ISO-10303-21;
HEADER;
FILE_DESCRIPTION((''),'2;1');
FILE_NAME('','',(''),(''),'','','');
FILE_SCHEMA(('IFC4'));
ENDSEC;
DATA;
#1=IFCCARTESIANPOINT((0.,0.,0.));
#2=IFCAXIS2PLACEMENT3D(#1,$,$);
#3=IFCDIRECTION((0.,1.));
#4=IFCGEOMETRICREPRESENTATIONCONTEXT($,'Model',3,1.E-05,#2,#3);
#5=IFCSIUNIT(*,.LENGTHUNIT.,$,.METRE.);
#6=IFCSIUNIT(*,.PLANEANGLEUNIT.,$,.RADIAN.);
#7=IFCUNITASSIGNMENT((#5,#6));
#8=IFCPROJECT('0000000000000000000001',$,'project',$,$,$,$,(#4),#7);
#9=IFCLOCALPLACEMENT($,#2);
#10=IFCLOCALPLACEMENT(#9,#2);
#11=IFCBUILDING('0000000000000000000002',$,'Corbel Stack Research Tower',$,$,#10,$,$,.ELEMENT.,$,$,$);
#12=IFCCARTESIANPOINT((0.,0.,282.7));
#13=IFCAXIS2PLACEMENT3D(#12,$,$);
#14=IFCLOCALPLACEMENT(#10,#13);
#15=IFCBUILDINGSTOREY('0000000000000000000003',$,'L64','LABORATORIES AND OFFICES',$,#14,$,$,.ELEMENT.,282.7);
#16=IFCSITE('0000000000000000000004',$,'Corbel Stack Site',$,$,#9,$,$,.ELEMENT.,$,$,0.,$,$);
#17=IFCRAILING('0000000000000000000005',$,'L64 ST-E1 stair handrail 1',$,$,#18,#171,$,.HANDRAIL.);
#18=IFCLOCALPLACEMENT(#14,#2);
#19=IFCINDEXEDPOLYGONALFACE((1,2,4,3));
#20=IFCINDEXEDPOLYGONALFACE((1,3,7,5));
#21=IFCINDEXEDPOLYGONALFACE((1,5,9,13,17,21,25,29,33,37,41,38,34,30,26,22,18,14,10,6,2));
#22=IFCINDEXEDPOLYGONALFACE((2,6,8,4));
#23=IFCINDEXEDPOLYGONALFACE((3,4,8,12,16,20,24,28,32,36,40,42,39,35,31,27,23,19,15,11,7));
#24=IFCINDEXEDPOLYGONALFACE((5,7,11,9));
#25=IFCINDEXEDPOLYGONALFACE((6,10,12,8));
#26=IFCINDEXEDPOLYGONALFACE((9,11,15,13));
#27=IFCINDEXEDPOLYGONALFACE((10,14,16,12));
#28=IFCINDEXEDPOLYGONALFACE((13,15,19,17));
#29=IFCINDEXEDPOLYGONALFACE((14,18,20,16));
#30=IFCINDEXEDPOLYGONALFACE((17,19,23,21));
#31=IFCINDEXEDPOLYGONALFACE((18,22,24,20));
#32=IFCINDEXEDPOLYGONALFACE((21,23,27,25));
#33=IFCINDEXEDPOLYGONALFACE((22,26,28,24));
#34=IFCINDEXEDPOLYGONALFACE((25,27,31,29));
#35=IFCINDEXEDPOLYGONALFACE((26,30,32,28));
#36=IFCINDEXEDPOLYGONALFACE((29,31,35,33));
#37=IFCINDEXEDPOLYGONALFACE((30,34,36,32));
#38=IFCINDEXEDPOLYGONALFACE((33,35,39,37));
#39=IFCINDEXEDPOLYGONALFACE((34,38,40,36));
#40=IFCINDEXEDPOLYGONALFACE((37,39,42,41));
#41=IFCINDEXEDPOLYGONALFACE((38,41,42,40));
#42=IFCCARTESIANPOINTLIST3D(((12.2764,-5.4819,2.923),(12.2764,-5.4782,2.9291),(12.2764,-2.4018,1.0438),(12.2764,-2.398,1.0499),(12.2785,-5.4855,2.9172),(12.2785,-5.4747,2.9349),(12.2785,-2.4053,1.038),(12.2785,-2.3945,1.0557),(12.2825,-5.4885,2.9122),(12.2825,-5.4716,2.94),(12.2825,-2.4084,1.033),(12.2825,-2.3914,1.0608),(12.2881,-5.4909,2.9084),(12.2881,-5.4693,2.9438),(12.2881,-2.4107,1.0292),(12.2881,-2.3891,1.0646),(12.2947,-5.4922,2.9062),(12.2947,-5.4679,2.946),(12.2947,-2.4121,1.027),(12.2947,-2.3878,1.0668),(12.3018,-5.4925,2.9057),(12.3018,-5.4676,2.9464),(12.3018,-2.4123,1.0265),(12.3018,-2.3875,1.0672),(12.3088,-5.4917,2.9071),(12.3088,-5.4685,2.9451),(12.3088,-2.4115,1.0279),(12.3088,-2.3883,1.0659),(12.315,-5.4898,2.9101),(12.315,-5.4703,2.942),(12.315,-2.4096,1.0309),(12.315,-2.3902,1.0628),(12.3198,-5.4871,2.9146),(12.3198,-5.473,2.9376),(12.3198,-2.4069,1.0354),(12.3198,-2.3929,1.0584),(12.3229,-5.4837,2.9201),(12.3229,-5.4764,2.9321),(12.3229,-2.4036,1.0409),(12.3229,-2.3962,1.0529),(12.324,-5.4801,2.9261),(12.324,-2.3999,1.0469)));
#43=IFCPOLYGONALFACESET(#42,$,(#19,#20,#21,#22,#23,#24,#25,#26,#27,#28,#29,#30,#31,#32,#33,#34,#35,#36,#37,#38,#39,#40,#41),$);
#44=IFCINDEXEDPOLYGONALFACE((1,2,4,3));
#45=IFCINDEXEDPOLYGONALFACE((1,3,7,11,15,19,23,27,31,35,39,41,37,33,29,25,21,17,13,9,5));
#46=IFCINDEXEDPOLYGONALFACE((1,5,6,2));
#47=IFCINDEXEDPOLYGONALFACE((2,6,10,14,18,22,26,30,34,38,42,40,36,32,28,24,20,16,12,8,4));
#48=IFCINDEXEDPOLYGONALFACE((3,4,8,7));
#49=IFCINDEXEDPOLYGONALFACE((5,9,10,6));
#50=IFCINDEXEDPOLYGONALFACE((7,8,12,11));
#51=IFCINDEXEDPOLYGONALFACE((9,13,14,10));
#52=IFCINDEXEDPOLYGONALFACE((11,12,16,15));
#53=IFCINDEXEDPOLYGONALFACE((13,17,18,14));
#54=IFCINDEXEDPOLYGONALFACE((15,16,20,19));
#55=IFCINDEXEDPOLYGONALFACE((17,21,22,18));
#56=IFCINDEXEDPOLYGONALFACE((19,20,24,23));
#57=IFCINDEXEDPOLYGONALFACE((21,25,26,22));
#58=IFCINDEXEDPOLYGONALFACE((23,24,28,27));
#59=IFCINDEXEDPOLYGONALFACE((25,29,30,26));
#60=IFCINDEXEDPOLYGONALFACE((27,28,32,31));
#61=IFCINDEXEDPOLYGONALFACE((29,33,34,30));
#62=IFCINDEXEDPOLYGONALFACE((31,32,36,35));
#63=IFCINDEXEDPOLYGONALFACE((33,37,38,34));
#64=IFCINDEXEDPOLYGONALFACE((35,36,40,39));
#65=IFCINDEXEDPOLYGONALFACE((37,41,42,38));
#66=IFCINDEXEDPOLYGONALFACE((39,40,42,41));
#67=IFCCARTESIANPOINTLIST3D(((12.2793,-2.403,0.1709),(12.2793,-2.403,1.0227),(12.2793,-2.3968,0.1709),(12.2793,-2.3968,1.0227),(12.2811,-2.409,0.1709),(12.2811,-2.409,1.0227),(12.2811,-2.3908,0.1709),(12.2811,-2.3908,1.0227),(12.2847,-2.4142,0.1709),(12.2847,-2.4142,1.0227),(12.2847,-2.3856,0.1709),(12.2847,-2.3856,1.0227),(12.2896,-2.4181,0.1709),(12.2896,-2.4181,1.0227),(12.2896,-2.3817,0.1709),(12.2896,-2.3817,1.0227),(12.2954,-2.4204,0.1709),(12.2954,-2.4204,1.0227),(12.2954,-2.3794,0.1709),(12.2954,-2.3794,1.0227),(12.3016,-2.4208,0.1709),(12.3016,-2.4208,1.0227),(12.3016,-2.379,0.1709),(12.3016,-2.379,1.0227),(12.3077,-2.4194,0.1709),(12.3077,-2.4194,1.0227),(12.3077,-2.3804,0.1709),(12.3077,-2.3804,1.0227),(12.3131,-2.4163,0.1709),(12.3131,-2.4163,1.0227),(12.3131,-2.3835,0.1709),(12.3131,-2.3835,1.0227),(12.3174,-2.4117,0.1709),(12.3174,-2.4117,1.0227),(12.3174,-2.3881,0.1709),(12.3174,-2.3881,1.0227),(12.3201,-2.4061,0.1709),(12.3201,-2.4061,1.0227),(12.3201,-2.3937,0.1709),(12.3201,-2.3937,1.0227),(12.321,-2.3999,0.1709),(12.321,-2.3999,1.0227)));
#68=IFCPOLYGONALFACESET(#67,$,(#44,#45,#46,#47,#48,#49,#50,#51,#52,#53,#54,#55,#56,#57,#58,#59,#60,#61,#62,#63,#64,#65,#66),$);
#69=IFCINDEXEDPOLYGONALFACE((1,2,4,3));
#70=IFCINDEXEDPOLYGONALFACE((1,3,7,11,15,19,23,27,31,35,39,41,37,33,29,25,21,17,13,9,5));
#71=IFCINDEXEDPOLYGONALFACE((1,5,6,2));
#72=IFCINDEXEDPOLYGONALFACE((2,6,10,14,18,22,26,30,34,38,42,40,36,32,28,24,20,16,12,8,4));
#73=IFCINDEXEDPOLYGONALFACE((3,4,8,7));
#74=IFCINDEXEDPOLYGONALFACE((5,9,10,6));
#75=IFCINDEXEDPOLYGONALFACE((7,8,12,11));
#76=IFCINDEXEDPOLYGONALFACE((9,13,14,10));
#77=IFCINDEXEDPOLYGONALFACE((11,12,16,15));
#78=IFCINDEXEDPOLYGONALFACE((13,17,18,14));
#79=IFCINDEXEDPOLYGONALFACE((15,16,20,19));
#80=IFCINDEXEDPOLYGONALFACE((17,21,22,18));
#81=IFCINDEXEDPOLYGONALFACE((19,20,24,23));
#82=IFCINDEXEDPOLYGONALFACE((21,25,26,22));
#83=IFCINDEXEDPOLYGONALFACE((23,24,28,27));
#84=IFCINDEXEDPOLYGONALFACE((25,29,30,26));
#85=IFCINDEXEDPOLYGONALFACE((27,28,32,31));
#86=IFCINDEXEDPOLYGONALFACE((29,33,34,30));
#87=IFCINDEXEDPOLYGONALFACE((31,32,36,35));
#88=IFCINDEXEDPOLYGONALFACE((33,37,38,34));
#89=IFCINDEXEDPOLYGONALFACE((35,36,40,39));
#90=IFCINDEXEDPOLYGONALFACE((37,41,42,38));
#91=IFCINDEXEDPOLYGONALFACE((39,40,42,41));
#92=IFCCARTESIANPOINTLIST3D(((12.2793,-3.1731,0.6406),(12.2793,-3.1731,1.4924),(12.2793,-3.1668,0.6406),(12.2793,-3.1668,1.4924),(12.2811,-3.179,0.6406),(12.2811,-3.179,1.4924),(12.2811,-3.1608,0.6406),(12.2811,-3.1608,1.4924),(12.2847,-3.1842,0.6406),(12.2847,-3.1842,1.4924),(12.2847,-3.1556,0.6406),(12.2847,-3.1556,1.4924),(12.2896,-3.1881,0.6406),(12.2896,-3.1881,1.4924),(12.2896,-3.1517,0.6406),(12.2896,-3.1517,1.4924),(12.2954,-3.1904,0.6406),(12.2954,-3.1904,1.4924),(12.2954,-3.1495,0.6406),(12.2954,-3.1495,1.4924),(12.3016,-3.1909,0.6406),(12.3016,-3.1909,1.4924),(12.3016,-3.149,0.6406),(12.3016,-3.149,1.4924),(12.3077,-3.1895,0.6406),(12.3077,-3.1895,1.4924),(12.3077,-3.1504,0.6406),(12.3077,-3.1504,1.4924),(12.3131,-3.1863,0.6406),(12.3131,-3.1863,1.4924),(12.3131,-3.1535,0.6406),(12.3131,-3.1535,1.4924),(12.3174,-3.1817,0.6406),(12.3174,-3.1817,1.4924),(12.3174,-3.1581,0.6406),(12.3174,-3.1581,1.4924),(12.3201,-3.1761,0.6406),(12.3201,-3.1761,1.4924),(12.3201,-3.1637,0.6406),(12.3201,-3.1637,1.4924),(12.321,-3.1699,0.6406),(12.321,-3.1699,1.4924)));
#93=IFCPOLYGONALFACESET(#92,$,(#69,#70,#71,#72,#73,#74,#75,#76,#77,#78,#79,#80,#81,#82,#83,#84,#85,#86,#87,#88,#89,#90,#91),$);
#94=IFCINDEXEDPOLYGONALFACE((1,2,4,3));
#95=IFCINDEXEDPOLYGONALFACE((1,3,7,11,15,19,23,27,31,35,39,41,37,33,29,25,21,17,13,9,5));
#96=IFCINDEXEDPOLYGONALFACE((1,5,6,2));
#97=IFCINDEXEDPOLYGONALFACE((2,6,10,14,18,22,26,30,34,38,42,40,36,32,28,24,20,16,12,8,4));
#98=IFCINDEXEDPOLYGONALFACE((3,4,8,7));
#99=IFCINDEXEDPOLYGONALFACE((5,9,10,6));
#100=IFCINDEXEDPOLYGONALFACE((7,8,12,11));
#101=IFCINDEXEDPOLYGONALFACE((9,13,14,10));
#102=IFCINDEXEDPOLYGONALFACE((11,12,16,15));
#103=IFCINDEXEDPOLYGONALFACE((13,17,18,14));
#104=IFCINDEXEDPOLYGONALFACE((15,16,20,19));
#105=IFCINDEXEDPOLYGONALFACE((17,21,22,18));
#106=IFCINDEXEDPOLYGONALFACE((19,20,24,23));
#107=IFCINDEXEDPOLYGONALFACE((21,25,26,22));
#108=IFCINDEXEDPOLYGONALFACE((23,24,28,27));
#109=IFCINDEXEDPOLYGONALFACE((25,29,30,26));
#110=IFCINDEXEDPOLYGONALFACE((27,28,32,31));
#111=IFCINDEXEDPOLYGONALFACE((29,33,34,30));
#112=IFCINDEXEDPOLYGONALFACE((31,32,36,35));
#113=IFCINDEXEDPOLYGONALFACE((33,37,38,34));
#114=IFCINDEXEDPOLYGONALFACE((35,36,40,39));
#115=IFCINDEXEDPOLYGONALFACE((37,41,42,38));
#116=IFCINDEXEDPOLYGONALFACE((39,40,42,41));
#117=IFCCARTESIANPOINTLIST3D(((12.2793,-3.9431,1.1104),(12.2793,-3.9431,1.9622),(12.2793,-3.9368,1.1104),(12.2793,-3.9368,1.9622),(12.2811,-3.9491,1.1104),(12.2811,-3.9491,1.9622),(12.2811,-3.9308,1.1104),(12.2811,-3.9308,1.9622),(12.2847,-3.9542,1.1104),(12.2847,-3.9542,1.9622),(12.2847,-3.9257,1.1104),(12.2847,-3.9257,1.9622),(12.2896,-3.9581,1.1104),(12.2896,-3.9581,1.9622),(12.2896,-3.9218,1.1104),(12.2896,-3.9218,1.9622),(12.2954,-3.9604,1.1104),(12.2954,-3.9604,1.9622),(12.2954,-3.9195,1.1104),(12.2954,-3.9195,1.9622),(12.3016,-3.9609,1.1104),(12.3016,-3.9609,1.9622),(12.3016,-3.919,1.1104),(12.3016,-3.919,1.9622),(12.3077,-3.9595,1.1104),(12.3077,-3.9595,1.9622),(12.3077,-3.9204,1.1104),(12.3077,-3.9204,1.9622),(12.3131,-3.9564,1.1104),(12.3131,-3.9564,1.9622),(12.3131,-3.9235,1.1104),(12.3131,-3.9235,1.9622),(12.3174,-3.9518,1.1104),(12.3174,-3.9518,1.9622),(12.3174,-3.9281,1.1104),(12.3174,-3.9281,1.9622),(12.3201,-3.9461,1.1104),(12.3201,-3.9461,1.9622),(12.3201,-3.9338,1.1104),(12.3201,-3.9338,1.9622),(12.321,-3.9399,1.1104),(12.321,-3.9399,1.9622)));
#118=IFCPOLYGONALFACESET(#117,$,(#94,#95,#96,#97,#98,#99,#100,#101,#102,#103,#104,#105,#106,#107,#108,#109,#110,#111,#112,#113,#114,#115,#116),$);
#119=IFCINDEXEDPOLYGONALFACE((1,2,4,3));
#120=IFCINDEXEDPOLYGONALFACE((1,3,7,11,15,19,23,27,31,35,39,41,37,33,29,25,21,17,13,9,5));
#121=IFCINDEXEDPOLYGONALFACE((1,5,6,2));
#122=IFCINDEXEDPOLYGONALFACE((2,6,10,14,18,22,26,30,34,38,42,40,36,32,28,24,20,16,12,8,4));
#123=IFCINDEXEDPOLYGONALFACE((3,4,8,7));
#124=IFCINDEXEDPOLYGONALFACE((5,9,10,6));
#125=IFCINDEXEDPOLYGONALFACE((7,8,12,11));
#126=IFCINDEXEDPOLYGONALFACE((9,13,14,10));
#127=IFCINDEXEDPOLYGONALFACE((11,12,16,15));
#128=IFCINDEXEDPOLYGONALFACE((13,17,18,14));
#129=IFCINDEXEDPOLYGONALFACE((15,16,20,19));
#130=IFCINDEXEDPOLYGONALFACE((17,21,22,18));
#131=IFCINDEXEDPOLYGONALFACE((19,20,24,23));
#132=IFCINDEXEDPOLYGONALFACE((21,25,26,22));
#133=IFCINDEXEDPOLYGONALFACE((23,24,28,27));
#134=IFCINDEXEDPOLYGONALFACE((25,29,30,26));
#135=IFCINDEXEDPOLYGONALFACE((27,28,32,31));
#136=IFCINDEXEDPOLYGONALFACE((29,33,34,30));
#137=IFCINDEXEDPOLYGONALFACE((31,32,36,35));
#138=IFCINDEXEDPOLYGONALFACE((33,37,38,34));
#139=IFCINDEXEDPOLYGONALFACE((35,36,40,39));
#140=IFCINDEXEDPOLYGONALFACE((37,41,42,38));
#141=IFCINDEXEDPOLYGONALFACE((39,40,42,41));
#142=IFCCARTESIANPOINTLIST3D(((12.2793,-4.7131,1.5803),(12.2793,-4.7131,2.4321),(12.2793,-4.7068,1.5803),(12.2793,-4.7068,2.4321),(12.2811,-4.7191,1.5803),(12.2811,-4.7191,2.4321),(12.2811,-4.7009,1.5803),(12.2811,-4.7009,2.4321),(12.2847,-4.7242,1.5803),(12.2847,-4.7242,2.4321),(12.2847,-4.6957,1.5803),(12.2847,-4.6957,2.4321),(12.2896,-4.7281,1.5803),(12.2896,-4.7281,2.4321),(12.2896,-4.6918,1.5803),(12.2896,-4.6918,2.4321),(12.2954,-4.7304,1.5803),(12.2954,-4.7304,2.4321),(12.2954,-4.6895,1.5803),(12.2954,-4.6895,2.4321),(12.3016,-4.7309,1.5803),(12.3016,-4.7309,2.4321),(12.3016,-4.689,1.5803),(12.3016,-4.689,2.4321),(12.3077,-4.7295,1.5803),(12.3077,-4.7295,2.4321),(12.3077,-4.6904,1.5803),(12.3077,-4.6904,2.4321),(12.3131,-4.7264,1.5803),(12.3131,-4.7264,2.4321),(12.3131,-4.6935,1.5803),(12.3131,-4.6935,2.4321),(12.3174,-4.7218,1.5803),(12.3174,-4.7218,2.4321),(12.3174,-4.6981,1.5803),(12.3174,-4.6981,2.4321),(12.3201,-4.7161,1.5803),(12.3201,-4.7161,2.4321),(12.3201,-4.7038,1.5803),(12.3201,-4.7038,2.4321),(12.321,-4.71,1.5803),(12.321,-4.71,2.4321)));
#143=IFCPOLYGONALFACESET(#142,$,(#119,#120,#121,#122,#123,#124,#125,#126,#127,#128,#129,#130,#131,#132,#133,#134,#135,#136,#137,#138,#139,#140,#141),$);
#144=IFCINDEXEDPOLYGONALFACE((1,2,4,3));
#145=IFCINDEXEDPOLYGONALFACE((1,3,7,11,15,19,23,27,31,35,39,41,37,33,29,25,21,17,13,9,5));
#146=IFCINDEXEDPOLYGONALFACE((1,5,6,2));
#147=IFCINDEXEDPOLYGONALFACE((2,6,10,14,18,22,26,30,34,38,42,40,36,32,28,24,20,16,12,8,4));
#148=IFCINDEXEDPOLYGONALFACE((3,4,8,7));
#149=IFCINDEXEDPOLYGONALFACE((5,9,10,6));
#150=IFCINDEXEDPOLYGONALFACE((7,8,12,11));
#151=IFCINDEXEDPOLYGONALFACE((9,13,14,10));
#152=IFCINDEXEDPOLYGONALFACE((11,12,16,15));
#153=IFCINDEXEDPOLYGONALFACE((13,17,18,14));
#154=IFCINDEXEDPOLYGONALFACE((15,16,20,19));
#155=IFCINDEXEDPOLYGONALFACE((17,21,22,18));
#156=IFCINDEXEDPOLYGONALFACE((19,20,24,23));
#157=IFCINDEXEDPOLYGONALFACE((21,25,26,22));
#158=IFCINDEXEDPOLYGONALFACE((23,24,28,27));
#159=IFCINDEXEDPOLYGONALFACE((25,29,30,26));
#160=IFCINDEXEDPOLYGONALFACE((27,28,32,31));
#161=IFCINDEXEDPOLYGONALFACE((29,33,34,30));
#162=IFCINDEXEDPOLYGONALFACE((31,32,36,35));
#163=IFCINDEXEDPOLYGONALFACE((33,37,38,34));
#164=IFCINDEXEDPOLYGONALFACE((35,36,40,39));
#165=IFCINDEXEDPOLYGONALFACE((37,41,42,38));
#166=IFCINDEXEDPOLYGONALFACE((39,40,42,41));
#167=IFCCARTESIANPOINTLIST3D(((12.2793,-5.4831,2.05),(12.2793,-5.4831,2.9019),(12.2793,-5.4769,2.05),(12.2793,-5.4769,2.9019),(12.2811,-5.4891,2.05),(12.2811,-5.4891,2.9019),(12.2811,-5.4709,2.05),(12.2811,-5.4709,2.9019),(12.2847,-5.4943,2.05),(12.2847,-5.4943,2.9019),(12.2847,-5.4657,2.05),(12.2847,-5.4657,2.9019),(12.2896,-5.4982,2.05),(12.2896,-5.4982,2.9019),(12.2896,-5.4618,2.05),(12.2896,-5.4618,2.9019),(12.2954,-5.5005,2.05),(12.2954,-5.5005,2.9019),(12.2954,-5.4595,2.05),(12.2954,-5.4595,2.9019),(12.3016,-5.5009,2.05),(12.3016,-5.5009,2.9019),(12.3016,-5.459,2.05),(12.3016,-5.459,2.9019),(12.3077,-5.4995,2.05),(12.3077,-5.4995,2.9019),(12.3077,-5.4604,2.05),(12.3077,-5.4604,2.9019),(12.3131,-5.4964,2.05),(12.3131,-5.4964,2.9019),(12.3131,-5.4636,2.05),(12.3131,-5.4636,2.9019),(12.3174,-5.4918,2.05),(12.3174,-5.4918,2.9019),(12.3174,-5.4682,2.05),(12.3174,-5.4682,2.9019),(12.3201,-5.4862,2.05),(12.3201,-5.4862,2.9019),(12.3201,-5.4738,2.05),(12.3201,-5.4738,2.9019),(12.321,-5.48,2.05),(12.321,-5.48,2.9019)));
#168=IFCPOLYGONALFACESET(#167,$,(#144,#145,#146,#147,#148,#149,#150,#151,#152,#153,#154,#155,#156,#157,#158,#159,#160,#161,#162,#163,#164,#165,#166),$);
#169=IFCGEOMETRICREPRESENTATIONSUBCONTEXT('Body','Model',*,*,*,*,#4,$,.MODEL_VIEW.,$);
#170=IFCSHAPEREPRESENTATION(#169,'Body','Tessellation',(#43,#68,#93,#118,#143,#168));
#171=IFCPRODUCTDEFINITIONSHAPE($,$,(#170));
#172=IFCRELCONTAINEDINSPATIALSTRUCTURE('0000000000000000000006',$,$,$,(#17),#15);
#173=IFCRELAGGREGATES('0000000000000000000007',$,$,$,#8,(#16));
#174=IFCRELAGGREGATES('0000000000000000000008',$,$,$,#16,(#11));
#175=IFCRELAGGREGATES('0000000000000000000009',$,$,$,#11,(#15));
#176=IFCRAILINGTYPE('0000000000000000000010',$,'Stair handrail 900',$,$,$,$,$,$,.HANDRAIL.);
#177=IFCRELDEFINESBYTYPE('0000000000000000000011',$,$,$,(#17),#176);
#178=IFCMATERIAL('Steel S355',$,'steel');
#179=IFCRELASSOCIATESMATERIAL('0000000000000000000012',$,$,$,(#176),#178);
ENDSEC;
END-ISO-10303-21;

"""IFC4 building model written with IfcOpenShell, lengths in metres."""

from ifc_helpers import new_model, si_unit, direction, frame, origin, origin_2d, place, context, subcontext, project, spatial, circle, extrude, material, type_object, element, save


model = new_model("IFC4")

# Units and contexts
model_context = context("Model", 3, precision=1e-05, world=origin(), true_north=direction((0.0, 1.0)))
body_context = subcontext(model_context, "Body", "Model", "MODEL_VIEW")
ifc_project = project(units=[si_unit("LENGTHUNIT", "METRE"), si_unit("PLANEANGLEUNIT", "RADIAN")], contexts=[model_context])

# Site, building, storey
site_placement = place(None, origin())
site = spatial("IfcSite", under=ifc_project, at=site_placement, Name="Corbel Stack Site", CompositionType="ELEMENT", RefElevation=0.0)
building_placement = place(site_placement, origin())
building = spatial("IfcBuilding", under=site, at=building_placement, Name="Corbel Stack Research Tower", CompositionType="ELEMENT")
storey_placement = place(building_placement, frame((0.0, 0.0, 282.7)))
storey = spatial("IfcBuildingStorey", under=building, at=storey_placement, Name="L64", Description="LABORATORIES AND OFFICES", CompositionType="ELEMENT", Elevation=282.7)

# Railing
ifc_material_1 = material(Name="Steel S355", Category="steel")
railing_type_1 = type_object("IfcRailingType", Name="Stair handrail 900", PredefinedType="HANDRAIL", material=ifc_material_1)
railing_1_placement = place(storey_placement, frame((12.3, -2.3999, 0.1709)))
element("IfcRailing", 1, at=railing_1_placement, inside=storey, type_object=railing_type_1, Name="L64 ST-E1 stair handrail 1", PredefinedType="HANDRAIL", context=body_context, shape_type="SweptSolid", body=[
    extrude(circle(Radius=0.0239, at=origin_2d()), frame((0.0, 0.0, 0.876), z_axis=(0.0, -0.853666, 0.52082), x_axis=(1.0, 0.0, 0.0)), (0.0, 0.0, 1.0), 3.6082),
    extrude(circle(Radius=0.021, at=origin_2d()), origin(), (0.0, 0.0, 1.0), 0.8518),
    extrude(circle(Radius=0.021, at=origin_2d()), frame((0.0, -0.77, 0.4697)), (0.0, 0.0, 1.0), 0.8518),
    extrude(circle(Radius=0.021, at=origin_2d()), frame((0.0, -1.54, 0.9395)), (0.0, 0.0, 1.0), 0.8518),
    extrude(circle(Radius=0.021, at=origin_2d()), frame((0.0, -2.3101, 1.4094)), (0.0, 0.0, 1.0), 0.8518),
    extrude(circle(Radius=0.021, at=origin_2d()), frame((0.0, -3.0801, 1.8792)), (0.0, 0.0, 1.0), 0.8518),
])

save(model, "model.ifc")
